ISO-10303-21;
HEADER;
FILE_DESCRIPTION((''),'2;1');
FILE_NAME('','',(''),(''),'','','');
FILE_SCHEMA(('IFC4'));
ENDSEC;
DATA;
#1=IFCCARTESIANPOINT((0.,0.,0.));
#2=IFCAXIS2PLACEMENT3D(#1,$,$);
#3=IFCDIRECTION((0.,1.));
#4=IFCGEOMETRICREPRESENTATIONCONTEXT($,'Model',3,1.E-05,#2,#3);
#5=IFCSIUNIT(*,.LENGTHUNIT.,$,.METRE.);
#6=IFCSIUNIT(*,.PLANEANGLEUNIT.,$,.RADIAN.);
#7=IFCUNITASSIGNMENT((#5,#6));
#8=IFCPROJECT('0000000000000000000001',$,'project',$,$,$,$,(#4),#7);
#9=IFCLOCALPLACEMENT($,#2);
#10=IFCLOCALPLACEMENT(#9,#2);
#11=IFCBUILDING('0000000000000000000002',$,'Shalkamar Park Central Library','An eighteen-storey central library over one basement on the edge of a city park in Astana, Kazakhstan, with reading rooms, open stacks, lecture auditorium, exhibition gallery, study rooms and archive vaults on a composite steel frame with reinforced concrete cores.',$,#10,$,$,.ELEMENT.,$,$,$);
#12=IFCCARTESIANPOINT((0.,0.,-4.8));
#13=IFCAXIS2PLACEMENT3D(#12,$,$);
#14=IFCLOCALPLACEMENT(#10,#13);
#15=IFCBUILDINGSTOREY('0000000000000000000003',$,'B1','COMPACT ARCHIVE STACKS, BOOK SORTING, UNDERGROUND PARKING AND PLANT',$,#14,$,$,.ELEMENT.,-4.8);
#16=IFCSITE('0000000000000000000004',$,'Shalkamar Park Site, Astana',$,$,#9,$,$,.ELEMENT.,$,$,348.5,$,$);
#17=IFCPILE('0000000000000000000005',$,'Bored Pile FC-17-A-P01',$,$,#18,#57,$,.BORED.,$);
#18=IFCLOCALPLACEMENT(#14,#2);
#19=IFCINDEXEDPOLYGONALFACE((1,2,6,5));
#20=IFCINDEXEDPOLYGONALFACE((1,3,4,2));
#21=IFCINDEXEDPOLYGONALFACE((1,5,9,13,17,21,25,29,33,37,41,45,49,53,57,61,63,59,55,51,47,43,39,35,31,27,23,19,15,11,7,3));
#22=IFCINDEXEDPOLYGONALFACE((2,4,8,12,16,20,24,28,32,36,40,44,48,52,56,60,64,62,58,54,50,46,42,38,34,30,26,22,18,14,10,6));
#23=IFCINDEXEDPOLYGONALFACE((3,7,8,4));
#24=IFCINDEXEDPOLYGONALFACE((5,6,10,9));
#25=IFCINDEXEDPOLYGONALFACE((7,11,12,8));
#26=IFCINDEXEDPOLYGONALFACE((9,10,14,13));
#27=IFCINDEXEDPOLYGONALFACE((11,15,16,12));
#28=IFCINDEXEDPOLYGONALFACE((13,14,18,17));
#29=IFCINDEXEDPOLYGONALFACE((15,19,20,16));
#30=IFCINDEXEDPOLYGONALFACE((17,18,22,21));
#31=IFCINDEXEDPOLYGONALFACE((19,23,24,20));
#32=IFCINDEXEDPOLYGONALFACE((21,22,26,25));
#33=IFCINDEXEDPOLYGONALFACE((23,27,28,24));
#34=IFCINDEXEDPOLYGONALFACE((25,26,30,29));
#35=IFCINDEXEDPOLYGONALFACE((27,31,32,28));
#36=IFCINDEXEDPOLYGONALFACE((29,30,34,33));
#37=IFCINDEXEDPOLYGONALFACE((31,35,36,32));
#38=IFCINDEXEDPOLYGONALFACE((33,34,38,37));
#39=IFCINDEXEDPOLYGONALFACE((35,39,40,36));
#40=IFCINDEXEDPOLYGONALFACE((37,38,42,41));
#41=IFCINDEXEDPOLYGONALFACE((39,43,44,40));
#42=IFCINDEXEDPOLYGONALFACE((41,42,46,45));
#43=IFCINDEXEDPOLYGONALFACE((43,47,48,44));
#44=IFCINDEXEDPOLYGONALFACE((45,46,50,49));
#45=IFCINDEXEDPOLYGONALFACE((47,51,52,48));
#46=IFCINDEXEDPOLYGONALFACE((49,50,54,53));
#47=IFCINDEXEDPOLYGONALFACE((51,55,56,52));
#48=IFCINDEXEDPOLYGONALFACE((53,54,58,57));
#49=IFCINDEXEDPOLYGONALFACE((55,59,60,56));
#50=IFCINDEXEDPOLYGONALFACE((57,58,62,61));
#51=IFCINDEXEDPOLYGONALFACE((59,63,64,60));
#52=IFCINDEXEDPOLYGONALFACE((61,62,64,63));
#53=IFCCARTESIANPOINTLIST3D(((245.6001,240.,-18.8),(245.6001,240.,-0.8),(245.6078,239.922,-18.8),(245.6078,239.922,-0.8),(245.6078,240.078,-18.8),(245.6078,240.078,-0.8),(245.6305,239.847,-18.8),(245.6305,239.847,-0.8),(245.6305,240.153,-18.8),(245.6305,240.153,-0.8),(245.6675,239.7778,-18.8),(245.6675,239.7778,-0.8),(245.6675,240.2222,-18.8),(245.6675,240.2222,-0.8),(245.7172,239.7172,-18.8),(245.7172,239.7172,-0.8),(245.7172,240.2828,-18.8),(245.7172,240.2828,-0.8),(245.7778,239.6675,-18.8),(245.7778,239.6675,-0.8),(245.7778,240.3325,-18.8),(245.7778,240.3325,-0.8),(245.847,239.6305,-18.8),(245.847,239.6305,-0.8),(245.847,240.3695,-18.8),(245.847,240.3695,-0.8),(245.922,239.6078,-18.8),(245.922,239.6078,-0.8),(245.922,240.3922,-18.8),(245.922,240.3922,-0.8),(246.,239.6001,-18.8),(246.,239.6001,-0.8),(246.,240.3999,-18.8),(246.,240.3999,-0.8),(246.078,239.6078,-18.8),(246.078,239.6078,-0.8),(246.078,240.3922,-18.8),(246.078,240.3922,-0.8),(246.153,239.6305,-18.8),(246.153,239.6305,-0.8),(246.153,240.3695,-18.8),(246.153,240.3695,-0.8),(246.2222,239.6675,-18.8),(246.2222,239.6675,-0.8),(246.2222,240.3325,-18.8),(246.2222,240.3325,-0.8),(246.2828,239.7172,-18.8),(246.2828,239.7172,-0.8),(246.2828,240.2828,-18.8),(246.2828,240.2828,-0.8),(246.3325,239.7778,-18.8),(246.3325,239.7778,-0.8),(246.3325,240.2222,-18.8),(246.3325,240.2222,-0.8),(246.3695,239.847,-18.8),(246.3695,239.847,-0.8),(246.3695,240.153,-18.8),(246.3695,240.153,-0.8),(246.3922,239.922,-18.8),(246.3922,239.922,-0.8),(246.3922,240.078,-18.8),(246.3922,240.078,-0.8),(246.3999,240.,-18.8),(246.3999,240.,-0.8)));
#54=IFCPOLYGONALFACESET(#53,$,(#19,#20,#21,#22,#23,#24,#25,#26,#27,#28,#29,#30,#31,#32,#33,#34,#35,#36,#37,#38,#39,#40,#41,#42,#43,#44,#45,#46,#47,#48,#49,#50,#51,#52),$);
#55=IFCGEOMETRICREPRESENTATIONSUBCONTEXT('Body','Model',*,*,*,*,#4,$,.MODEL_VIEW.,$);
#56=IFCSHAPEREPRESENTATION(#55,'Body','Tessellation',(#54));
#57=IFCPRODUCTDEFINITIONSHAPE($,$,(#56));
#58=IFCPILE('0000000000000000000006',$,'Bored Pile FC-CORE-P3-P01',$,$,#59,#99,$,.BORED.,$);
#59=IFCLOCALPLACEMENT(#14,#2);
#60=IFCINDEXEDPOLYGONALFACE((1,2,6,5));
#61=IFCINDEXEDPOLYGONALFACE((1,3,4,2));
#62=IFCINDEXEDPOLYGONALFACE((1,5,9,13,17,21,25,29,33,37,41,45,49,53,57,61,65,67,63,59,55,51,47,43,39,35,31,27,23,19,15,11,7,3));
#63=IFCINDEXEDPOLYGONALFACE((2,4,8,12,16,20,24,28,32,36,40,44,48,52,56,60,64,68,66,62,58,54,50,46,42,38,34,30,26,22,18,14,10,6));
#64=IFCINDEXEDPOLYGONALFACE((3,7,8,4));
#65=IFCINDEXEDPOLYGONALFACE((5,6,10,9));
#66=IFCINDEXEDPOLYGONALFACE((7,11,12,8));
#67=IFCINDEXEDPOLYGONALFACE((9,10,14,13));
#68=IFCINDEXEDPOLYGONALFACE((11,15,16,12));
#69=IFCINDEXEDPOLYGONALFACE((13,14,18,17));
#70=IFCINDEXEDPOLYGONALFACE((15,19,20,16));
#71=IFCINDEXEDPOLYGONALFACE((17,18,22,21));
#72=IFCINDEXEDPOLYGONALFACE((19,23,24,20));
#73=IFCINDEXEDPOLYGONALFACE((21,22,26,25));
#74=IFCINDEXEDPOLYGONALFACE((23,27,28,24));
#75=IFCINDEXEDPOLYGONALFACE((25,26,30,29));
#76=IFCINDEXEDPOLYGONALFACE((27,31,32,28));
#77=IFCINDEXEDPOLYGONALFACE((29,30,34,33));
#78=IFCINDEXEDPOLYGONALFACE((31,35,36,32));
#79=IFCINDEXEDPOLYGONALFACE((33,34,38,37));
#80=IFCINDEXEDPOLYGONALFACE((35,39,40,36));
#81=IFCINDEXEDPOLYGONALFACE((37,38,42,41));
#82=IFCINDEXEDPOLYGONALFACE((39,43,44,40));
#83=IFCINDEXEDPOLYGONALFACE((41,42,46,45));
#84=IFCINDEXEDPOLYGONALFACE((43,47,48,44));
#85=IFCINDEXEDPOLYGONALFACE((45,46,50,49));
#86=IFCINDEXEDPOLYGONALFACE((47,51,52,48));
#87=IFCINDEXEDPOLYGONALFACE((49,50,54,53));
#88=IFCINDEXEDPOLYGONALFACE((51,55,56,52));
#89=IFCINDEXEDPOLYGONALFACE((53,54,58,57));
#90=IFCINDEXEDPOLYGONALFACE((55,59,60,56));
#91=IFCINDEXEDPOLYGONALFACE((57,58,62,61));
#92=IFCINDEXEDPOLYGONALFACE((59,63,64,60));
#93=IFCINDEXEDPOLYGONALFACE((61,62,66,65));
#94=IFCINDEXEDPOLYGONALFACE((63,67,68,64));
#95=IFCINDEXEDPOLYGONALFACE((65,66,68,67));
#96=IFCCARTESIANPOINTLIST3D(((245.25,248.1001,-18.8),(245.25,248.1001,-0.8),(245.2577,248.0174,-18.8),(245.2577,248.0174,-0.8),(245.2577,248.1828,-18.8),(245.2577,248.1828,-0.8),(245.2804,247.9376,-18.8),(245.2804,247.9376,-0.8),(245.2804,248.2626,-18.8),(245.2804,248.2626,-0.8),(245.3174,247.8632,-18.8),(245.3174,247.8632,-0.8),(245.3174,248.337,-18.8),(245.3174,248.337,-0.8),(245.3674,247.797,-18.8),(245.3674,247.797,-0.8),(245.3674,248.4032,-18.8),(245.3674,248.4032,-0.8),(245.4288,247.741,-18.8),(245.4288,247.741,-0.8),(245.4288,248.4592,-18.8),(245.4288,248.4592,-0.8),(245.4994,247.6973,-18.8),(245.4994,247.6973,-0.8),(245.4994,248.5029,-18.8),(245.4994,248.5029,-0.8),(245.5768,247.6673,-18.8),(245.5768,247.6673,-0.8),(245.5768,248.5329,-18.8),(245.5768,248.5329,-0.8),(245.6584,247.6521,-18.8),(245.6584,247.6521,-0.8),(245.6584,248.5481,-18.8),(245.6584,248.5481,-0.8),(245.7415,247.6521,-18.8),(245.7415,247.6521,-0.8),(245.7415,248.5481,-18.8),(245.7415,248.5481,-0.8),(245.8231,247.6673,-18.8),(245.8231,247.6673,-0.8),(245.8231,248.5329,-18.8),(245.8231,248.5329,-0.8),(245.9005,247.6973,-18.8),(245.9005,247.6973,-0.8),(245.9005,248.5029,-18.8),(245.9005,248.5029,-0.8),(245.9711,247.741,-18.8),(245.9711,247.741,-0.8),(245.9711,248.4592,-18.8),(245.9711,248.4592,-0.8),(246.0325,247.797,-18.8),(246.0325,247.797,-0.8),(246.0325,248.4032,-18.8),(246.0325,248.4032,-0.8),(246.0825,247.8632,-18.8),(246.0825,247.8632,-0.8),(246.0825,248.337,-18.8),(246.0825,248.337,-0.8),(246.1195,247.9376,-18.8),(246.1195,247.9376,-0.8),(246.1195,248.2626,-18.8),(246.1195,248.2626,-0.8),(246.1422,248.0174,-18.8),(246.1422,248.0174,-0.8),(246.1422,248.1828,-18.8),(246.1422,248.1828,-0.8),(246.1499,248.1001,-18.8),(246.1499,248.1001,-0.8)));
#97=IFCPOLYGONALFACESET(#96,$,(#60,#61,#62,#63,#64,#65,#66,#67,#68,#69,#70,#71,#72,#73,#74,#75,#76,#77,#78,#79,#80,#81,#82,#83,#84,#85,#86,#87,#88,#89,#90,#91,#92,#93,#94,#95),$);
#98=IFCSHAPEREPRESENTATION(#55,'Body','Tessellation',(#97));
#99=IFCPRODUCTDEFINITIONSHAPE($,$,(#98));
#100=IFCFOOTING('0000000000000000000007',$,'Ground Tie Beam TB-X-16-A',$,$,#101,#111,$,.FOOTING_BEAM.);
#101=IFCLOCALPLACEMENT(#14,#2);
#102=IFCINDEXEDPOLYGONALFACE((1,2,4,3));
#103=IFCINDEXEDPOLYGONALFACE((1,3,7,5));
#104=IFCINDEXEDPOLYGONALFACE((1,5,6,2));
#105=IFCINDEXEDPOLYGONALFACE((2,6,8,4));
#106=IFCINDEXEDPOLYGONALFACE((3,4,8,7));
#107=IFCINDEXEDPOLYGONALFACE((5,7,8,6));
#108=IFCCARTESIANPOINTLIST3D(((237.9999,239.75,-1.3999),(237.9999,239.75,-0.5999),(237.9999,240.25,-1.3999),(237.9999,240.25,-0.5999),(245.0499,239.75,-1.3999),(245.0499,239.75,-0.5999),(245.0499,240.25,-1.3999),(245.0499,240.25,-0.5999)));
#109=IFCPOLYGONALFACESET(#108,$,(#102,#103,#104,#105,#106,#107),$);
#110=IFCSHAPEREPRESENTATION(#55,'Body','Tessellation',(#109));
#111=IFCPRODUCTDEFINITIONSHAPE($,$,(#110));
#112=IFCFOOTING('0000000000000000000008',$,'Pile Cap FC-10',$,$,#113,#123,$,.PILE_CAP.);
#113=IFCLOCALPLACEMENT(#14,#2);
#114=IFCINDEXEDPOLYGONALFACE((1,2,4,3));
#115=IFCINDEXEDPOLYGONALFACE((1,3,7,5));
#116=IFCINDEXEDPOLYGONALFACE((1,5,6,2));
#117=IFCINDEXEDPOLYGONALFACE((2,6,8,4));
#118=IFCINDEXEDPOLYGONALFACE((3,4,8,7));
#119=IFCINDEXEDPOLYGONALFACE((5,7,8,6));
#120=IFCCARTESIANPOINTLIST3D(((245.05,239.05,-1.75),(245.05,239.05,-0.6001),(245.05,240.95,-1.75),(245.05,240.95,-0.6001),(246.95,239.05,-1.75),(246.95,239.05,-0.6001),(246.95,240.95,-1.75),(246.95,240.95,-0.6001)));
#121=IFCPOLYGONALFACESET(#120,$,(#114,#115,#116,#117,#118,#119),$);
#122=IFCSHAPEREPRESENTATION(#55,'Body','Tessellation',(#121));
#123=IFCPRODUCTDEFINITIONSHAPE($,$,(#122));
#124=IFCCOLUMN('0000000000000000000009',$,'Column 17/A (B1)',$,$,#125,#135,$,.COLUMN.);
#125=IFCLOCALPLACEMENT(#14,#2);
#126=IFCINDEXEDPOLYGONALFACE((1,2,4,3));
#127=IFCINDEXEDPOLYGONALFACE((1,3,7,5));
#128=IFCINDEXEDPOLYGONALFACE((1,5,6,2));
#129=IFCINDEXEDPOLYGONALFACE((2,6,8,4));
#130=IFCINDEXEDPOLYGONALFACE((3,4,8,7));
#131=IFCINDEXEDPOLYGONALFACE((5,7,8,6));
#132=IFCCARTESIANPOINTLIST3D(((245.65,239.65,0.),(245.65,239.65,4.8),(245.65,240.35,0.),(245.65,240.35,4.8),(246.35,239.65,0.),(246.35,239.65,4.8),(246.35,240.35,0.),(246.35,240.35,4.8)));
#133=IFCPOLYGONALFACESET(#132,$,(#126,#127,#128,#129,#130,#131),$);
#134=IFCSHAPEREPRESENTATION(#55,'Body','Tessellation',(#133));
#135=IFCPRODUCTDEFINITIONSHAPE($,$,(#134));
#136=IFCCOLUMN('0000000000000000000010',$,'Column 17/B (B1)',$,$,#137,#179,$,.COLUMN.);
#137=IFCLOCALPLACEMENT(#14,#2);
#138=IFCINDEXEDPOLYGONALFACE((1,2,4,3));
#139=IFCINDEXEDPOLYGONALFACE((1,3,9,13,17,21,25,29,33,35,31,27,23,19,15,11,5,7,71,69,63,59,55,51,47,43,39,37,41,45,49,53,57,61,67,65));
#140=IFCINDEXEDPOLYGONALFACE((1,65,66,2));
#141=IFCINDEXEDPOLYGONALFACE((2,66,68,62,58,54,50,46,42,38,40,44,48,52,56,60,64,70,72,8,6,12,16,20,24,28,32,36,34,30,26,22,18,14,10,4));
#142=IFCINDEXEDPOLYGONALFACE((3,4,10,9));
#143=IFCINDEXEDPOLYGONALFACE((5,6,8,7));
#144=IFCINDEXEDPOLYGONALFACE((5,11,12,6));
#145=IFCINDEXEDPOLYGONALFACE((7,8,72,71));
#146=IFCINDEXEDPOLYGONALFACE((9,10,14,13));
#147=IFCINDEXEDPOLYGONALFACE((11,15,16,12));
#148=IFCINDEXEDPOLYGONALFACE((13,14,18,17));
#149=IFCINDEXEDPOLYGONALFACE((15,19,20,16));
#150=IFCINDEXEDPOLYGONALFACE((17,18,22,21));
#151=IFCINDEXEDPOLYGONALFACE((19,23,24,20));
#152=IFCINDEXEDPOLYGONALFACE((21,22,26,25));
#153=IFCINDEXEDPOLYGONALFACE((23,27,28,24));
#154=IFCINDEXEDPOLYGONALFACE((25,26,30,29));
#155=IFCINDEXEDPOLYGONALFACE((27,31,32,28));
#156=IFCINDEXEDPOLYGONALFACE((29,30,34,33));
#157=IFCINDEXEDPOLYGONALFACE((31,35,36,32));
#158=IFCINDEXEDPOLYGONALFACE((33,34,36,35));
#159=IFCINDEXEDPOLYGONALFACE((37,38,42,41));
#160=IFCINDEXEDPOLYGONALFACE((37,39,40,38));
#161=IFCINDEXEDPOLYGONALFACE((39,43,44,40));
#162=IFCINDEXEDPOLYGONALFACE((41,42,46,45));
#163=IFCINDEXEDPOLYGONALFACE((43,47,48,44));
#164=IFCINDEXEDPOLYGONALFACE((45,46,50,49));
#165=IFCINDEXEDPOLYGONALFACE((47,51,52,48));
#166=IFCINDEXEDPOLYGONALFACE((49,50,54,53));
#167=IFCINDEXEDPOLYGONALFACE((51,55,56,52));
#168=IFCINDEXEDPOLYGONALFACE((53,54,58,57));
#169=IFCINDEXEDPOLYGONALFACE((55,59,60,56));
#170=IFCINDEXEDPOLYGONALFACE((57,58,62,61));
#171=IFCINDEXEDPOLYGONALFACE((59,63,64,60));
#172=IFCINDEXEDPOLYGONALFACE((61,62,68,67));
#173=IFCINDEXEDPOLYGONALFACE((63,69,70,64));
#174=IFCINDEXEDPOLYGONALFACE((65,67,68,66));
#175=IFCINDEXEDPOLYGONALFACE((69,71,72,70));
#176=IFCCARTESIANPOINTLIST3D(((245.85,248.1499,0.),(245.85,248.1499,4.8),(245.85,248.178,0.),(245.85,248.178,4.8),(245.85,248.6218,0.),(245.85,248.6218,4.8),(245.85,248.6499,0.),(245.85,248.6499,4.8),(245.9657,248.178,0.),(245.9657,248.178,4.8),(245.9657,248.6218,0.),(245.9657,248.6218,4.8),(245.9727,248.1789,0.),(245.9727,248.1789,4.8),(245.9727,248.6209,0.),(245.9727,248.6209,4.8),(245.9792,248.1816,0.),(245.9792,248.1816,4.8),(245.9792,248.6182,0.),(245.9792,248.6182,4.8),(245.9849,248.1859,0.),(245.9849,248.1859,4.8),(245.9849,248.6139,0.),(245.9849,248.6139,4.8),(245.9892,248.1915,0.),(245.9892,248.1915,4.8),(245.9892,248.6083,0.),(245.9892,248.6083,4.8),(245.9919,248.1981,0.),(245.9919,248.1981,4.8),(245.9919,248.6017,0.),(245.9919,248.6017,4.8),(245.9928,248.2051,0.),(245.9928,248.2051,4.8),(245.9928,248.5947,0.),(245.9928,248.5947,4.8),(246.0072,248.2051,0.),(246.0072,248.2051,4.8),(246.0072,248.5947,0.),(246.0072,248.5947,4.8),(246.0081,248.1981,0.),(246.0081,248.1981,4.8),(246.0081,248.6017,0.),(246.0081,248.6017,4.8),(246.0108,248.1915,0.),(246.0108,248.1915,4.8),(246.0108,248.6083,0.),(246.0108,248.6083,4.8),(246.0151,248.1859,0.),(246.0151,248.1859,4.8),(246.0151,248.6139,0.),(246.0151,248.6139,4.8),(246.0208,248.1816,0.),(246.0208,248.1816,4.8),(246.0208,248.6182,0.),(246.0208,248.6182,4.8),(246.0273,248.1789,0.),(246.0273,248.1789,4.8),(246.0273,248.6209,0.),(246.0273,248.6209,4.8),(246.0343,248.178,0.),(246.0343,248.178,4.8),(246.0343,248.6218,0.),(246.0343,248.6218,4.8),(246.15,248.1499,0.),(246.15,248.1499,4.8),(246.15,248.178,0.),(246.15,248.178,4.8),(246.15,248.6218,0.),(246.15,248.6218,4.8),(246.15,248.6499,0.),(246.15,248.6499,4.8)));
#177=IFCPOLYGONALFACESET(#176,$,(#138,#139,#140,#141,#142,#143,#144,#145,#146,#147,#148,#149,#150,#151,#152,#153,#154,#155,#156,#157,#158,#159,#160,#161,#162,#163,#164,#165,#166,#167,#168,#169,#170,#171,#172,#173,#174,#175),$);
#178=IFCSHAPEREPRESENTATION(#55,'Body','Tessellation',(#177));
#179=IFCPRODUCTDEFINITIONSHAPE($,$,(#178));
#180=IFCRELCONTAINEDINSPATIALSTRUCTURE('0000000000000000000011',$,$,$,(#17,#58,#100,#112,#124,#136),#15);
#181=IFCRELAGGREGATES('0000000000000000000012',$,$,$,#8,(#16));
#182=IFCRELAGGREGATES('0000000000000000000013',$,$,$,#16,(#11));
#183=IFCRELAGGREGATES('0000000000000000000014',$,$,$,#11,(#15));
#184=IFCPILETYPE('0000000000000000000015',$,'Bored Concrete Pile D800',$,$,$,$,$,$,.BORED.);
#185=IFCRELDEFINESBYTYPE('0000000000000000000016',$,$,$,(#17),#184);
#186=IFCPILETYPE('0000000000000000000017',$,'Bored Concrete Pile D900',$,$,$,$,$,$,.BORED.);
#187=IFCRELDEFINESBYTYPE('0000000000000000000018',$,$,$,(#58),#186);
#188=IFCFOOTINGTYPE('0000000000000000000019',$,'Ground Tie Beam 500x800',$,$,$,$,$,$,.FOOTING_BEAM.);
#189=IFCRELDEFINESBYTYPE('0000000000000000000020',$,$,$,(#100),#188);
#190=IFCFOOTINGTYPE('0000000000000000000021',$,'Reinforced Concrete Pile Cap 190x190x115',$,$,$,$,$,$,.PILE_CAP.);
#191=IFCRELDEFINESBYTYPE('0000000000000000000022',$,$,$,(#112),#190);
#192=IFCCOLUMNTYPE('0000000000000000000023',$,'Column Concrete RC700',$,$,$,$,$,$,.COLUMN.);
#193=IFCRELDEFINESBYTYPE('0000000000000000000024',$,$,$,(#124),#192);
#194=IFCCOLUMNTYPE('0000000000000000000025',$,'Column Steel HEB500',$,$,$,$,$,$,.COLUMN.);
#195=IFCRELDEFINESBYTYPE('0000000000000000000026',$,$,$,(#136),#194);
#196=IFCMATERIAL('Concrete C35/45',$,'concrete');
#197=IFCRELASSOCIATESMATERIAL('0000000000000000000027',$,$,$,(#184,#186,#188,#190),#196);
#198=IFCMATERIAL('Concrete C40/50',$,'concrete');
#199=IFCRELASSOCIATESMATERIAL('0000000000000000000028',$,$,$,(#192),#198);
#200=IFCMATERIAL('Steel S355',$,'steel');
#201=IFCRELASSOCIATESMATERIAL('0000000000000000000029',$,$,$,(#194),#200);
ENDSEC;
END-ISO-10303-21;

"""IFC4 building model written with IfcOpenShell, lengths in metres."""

from ifc_helpers import new_model, si_unit, direction, frame, origin, origin_2d, place, context, subcontext, project, spatial, rectangle, circle, i_section, extrude, material, material_profile, profile_set, type_object, element, save


model = new_model("IFC4")

# Units and contexts
model_context = context("Model", 3, precision=1e-05, world=origin(), true_north=direction((0.0, 1.0)))
body_context = subcontext(model_context, "Body", "Model", "MODEL_VIEW")
ifc_project = project(units=[si_unit("LENGTHUNIT", "METRE"), si_unit("PLANEANGLEUNIT", "RADIAN")], contexts=[model_context])

# Site, building, storey
site_placement = place(None, origin())
site = spatial("IfcSite", under=ifc_project, at=site_placement, Name="Shalkamar Park Site, Astana", CompositionType="ELEMENT", RefElevation=348.5)
building_placement = place(site_placement, origin())
building = spatial("IfcBuilding", under=site, at=building_placement, Name="Shalkamar Park Central Library", Description="An eighteen-storey central library over one basement on the edge of a city park in Astana, Kazakhstan, with reading rooms, open stacks, lecture auditorium, exhibition gallery, study rooms and archive vaults on a composite steel frame with reinforced concrete cores.", CompositionType="ELEMENT")
storey_placement = place(building_placement, frame((0.0, 0.0, -4.8)))
storey = spatial("IfcBuildingStorey", under=building, at=storey_placement, Name="B1", Description="COMPACT ARCHIVE STACKS, BOOK SORTING, UNDERGROUND PARKING AND PLANT", CompositionType="ELEMENT", Elevation=-4.8)

# Piles
ifc_material_1 = material(Name="Concrete C35/45", Category="concrete")
ifc_material_profile_1 = material_profile(ifc_material_1, circle(Radius=0.3999, at=origin_2d()), Name="PILE D800")
ifc_profile_set_1 = profile_set([ifc_material_profile_1], Name="Concrete C35/45")
pile_type_1 = type_object("IfcPileType", Name="Bored Concrete Pile D800", PredefinedType="BORED", material=ifc_profile_set_1)
pile_1_placement = place(storey_placement, frame((246.0, 240.0, -0.8), z_axis=(0.0, 0.0, -1.0), x_axis=(1.0, 0.0, 0.0)))
element("IfcPile", 1, at=pile_1_placement, inside=storey, type_object=pile_type_1, Name="Bored Pile FC-17-A-P01", PredefinedType="BORED", context=body_context, shape_type="SweptSolid", body=[
    extrude(circle(Radius=0.3999, at=origin_2d()), origin(), (0.0, 0.0, 1.0), 18.0),
])
ifc_material_profile_2 = material_profile(ifc_material_1, circle(Radius=0.45, at=origin_2d()), Name="PILE D900")
ifc_profile_set_2 = profile_set([ifc_material_profile_2], Name="Concrete C35/45")
pile_type_2 = type_object("IfcPileType", Name="Bored Concrete Pile D900", PredefinedType="BORED", material=ifc_profile_set_2)
pile_2_placement = place(storey_placement, frame((245.7, 248.1001, -0.8), z_axis=(0.0, 0.0, -1.0), x_axis=(1.0, 0.0, 0.0)))
element("IfcPile", 2, at=pile_2_placement, inside=storey, type_object=pile_type_2, Name="Bored Pile FC-CORE-P3-P01", PredefinedType="BORED", context=body_context, shape_type="SweptSolid", body=[
    extrude(circle(Radius=0.45, at=origin_2d()), origin(), (0.0, 0.0, 1.0), 18.0),
])

# Footings
footing_type_1 = type_object("IfcFootingType", Name="Ground Tie Beam 500x800", PredefinedType="FOOTING_BEAM", material=ifc_material_1)
footing_1_placement = place(storey_placement, frame((241.5249, 240.0, -1.3999), z_axis=(0.0, 0.0, 1.0), x_axis=(1.0, 0.0, 0.0)))
element("IfcFooting", 3, at=footing_1_placement, inside=storey, type_object=footing_type_1, Name="Ground Tie Beam TB-X-16-A", PredefinedType="FOOTING_BEAM", context=body_context, shape_type="SweptSolid", body=[
    extrude(rectangle(XDim=7.05, YDim=0.5, at=origin_2d()), origin(), (0.0, 0.0, 1.0), 0.8),
])
footing_type_2 = type_object("IfcFootingType", Name="Reinforced Concrete Pile Cap 190x190x115", PredefinedType="PILE_CAP", material=ifc_material_1)
footing_2_placement = place(storey_placement, frame((246.0, 240.0, -1.75), z_axis=(0.0, 0.0, 1.0), x_axis=(1.0, 0.0, 0.0)))
element("IfcFooting", 4, at=footing_2_placement, inside=storey, type_object=footing_type_2, Name="Pile Cap FC-10", PredefinedType="PILE_CAP", context=body_context, shape_type="SweptSolid", body=[
    extrude(rectangle(XDim=1.8999, YDim=1.8999, at=origin_2d()), origin(), (0.0, 0.0, 1.0), 1.1499),
])

# Columns
ifc_material_2 = material(Name="Concrete C40/50", Category="concrete")
ifc_material_profile_3 = material_profile(ifc_material_2, rectangle(XDim=0.7, YDim=0.7, at=origin_2d()), Name="RC 700x700")
ifc_profile_set_3 = profile_set([ifc_material_profile_3], Name="Concrete C40/50")
column_type_1 = type_object("IfcColumnType", Name="Column Concrete RC700", PredefinedType="COLUMN", material=ifc_profile_set_3)
column_1_placement = place(storey_placement, frame((246.0, 240.0, 0.0), z_axis=(0.0, 0.0, 1.0), x_axis=(1.0, 0.0, 0.0)))
element("IfcColumn", 5, at=column_1_placement, inside=storey, type_object=column_type_1, Name="Column 17/A (B1)", PredefinedType="COLUMN", context=body_context, shape_type="SweptSolid", body=[
    extrude(rectangle(XDim=0.7, YDim=0.7, at=origin_2d()), origin(), (0.0, 0.0, 1.0), 4.8),
])
ifc_material_3 = material(Name="Steel S355", Category="steel")
ifc_material_profile_4 = material_profile(ifc_material_3, i_section(OverallWidth=0.3, OverallDepth=0.5, WebThickness=0.0144, FlangeThickness=0.0281, FilletRadius=0.0271, at=origin_2d()), Name="HEB 500")
ifc_profile_set_4 = profile_set([ifc_material_profile_4], Name="Steel S355")
column_type_2 = type_object("IfcColumnType", Name="Column Steel HEB500", PredefinedType="COLUMN", material=ifc_profile_set_4)
column_2_placement = place(storey_placement, frame((246.0, 248.3999, 0.0), z_axis=(0.0, 0.0, 1.0), x_axis=(1.0, 0.0, 0.0)))
element("IfcColumn", 6, at=column_2_placement, inside=storey, type_object=column_type_2, Name="Column 17/B (B1)", PredefinedType="COLUMN", context=body_context, shape_type="SweptSolid", body=[
    extrude(i_section(OverallWidth=0.3, OverallDepth=0.5, WebThickness=0.0144, FlangeThickness=0.0281, FilletRadius=0.0271, at=origin_2d()), origin(), (0.0, 0.0, 1.0), 4.8),
])

save(model, "model.ifc")
